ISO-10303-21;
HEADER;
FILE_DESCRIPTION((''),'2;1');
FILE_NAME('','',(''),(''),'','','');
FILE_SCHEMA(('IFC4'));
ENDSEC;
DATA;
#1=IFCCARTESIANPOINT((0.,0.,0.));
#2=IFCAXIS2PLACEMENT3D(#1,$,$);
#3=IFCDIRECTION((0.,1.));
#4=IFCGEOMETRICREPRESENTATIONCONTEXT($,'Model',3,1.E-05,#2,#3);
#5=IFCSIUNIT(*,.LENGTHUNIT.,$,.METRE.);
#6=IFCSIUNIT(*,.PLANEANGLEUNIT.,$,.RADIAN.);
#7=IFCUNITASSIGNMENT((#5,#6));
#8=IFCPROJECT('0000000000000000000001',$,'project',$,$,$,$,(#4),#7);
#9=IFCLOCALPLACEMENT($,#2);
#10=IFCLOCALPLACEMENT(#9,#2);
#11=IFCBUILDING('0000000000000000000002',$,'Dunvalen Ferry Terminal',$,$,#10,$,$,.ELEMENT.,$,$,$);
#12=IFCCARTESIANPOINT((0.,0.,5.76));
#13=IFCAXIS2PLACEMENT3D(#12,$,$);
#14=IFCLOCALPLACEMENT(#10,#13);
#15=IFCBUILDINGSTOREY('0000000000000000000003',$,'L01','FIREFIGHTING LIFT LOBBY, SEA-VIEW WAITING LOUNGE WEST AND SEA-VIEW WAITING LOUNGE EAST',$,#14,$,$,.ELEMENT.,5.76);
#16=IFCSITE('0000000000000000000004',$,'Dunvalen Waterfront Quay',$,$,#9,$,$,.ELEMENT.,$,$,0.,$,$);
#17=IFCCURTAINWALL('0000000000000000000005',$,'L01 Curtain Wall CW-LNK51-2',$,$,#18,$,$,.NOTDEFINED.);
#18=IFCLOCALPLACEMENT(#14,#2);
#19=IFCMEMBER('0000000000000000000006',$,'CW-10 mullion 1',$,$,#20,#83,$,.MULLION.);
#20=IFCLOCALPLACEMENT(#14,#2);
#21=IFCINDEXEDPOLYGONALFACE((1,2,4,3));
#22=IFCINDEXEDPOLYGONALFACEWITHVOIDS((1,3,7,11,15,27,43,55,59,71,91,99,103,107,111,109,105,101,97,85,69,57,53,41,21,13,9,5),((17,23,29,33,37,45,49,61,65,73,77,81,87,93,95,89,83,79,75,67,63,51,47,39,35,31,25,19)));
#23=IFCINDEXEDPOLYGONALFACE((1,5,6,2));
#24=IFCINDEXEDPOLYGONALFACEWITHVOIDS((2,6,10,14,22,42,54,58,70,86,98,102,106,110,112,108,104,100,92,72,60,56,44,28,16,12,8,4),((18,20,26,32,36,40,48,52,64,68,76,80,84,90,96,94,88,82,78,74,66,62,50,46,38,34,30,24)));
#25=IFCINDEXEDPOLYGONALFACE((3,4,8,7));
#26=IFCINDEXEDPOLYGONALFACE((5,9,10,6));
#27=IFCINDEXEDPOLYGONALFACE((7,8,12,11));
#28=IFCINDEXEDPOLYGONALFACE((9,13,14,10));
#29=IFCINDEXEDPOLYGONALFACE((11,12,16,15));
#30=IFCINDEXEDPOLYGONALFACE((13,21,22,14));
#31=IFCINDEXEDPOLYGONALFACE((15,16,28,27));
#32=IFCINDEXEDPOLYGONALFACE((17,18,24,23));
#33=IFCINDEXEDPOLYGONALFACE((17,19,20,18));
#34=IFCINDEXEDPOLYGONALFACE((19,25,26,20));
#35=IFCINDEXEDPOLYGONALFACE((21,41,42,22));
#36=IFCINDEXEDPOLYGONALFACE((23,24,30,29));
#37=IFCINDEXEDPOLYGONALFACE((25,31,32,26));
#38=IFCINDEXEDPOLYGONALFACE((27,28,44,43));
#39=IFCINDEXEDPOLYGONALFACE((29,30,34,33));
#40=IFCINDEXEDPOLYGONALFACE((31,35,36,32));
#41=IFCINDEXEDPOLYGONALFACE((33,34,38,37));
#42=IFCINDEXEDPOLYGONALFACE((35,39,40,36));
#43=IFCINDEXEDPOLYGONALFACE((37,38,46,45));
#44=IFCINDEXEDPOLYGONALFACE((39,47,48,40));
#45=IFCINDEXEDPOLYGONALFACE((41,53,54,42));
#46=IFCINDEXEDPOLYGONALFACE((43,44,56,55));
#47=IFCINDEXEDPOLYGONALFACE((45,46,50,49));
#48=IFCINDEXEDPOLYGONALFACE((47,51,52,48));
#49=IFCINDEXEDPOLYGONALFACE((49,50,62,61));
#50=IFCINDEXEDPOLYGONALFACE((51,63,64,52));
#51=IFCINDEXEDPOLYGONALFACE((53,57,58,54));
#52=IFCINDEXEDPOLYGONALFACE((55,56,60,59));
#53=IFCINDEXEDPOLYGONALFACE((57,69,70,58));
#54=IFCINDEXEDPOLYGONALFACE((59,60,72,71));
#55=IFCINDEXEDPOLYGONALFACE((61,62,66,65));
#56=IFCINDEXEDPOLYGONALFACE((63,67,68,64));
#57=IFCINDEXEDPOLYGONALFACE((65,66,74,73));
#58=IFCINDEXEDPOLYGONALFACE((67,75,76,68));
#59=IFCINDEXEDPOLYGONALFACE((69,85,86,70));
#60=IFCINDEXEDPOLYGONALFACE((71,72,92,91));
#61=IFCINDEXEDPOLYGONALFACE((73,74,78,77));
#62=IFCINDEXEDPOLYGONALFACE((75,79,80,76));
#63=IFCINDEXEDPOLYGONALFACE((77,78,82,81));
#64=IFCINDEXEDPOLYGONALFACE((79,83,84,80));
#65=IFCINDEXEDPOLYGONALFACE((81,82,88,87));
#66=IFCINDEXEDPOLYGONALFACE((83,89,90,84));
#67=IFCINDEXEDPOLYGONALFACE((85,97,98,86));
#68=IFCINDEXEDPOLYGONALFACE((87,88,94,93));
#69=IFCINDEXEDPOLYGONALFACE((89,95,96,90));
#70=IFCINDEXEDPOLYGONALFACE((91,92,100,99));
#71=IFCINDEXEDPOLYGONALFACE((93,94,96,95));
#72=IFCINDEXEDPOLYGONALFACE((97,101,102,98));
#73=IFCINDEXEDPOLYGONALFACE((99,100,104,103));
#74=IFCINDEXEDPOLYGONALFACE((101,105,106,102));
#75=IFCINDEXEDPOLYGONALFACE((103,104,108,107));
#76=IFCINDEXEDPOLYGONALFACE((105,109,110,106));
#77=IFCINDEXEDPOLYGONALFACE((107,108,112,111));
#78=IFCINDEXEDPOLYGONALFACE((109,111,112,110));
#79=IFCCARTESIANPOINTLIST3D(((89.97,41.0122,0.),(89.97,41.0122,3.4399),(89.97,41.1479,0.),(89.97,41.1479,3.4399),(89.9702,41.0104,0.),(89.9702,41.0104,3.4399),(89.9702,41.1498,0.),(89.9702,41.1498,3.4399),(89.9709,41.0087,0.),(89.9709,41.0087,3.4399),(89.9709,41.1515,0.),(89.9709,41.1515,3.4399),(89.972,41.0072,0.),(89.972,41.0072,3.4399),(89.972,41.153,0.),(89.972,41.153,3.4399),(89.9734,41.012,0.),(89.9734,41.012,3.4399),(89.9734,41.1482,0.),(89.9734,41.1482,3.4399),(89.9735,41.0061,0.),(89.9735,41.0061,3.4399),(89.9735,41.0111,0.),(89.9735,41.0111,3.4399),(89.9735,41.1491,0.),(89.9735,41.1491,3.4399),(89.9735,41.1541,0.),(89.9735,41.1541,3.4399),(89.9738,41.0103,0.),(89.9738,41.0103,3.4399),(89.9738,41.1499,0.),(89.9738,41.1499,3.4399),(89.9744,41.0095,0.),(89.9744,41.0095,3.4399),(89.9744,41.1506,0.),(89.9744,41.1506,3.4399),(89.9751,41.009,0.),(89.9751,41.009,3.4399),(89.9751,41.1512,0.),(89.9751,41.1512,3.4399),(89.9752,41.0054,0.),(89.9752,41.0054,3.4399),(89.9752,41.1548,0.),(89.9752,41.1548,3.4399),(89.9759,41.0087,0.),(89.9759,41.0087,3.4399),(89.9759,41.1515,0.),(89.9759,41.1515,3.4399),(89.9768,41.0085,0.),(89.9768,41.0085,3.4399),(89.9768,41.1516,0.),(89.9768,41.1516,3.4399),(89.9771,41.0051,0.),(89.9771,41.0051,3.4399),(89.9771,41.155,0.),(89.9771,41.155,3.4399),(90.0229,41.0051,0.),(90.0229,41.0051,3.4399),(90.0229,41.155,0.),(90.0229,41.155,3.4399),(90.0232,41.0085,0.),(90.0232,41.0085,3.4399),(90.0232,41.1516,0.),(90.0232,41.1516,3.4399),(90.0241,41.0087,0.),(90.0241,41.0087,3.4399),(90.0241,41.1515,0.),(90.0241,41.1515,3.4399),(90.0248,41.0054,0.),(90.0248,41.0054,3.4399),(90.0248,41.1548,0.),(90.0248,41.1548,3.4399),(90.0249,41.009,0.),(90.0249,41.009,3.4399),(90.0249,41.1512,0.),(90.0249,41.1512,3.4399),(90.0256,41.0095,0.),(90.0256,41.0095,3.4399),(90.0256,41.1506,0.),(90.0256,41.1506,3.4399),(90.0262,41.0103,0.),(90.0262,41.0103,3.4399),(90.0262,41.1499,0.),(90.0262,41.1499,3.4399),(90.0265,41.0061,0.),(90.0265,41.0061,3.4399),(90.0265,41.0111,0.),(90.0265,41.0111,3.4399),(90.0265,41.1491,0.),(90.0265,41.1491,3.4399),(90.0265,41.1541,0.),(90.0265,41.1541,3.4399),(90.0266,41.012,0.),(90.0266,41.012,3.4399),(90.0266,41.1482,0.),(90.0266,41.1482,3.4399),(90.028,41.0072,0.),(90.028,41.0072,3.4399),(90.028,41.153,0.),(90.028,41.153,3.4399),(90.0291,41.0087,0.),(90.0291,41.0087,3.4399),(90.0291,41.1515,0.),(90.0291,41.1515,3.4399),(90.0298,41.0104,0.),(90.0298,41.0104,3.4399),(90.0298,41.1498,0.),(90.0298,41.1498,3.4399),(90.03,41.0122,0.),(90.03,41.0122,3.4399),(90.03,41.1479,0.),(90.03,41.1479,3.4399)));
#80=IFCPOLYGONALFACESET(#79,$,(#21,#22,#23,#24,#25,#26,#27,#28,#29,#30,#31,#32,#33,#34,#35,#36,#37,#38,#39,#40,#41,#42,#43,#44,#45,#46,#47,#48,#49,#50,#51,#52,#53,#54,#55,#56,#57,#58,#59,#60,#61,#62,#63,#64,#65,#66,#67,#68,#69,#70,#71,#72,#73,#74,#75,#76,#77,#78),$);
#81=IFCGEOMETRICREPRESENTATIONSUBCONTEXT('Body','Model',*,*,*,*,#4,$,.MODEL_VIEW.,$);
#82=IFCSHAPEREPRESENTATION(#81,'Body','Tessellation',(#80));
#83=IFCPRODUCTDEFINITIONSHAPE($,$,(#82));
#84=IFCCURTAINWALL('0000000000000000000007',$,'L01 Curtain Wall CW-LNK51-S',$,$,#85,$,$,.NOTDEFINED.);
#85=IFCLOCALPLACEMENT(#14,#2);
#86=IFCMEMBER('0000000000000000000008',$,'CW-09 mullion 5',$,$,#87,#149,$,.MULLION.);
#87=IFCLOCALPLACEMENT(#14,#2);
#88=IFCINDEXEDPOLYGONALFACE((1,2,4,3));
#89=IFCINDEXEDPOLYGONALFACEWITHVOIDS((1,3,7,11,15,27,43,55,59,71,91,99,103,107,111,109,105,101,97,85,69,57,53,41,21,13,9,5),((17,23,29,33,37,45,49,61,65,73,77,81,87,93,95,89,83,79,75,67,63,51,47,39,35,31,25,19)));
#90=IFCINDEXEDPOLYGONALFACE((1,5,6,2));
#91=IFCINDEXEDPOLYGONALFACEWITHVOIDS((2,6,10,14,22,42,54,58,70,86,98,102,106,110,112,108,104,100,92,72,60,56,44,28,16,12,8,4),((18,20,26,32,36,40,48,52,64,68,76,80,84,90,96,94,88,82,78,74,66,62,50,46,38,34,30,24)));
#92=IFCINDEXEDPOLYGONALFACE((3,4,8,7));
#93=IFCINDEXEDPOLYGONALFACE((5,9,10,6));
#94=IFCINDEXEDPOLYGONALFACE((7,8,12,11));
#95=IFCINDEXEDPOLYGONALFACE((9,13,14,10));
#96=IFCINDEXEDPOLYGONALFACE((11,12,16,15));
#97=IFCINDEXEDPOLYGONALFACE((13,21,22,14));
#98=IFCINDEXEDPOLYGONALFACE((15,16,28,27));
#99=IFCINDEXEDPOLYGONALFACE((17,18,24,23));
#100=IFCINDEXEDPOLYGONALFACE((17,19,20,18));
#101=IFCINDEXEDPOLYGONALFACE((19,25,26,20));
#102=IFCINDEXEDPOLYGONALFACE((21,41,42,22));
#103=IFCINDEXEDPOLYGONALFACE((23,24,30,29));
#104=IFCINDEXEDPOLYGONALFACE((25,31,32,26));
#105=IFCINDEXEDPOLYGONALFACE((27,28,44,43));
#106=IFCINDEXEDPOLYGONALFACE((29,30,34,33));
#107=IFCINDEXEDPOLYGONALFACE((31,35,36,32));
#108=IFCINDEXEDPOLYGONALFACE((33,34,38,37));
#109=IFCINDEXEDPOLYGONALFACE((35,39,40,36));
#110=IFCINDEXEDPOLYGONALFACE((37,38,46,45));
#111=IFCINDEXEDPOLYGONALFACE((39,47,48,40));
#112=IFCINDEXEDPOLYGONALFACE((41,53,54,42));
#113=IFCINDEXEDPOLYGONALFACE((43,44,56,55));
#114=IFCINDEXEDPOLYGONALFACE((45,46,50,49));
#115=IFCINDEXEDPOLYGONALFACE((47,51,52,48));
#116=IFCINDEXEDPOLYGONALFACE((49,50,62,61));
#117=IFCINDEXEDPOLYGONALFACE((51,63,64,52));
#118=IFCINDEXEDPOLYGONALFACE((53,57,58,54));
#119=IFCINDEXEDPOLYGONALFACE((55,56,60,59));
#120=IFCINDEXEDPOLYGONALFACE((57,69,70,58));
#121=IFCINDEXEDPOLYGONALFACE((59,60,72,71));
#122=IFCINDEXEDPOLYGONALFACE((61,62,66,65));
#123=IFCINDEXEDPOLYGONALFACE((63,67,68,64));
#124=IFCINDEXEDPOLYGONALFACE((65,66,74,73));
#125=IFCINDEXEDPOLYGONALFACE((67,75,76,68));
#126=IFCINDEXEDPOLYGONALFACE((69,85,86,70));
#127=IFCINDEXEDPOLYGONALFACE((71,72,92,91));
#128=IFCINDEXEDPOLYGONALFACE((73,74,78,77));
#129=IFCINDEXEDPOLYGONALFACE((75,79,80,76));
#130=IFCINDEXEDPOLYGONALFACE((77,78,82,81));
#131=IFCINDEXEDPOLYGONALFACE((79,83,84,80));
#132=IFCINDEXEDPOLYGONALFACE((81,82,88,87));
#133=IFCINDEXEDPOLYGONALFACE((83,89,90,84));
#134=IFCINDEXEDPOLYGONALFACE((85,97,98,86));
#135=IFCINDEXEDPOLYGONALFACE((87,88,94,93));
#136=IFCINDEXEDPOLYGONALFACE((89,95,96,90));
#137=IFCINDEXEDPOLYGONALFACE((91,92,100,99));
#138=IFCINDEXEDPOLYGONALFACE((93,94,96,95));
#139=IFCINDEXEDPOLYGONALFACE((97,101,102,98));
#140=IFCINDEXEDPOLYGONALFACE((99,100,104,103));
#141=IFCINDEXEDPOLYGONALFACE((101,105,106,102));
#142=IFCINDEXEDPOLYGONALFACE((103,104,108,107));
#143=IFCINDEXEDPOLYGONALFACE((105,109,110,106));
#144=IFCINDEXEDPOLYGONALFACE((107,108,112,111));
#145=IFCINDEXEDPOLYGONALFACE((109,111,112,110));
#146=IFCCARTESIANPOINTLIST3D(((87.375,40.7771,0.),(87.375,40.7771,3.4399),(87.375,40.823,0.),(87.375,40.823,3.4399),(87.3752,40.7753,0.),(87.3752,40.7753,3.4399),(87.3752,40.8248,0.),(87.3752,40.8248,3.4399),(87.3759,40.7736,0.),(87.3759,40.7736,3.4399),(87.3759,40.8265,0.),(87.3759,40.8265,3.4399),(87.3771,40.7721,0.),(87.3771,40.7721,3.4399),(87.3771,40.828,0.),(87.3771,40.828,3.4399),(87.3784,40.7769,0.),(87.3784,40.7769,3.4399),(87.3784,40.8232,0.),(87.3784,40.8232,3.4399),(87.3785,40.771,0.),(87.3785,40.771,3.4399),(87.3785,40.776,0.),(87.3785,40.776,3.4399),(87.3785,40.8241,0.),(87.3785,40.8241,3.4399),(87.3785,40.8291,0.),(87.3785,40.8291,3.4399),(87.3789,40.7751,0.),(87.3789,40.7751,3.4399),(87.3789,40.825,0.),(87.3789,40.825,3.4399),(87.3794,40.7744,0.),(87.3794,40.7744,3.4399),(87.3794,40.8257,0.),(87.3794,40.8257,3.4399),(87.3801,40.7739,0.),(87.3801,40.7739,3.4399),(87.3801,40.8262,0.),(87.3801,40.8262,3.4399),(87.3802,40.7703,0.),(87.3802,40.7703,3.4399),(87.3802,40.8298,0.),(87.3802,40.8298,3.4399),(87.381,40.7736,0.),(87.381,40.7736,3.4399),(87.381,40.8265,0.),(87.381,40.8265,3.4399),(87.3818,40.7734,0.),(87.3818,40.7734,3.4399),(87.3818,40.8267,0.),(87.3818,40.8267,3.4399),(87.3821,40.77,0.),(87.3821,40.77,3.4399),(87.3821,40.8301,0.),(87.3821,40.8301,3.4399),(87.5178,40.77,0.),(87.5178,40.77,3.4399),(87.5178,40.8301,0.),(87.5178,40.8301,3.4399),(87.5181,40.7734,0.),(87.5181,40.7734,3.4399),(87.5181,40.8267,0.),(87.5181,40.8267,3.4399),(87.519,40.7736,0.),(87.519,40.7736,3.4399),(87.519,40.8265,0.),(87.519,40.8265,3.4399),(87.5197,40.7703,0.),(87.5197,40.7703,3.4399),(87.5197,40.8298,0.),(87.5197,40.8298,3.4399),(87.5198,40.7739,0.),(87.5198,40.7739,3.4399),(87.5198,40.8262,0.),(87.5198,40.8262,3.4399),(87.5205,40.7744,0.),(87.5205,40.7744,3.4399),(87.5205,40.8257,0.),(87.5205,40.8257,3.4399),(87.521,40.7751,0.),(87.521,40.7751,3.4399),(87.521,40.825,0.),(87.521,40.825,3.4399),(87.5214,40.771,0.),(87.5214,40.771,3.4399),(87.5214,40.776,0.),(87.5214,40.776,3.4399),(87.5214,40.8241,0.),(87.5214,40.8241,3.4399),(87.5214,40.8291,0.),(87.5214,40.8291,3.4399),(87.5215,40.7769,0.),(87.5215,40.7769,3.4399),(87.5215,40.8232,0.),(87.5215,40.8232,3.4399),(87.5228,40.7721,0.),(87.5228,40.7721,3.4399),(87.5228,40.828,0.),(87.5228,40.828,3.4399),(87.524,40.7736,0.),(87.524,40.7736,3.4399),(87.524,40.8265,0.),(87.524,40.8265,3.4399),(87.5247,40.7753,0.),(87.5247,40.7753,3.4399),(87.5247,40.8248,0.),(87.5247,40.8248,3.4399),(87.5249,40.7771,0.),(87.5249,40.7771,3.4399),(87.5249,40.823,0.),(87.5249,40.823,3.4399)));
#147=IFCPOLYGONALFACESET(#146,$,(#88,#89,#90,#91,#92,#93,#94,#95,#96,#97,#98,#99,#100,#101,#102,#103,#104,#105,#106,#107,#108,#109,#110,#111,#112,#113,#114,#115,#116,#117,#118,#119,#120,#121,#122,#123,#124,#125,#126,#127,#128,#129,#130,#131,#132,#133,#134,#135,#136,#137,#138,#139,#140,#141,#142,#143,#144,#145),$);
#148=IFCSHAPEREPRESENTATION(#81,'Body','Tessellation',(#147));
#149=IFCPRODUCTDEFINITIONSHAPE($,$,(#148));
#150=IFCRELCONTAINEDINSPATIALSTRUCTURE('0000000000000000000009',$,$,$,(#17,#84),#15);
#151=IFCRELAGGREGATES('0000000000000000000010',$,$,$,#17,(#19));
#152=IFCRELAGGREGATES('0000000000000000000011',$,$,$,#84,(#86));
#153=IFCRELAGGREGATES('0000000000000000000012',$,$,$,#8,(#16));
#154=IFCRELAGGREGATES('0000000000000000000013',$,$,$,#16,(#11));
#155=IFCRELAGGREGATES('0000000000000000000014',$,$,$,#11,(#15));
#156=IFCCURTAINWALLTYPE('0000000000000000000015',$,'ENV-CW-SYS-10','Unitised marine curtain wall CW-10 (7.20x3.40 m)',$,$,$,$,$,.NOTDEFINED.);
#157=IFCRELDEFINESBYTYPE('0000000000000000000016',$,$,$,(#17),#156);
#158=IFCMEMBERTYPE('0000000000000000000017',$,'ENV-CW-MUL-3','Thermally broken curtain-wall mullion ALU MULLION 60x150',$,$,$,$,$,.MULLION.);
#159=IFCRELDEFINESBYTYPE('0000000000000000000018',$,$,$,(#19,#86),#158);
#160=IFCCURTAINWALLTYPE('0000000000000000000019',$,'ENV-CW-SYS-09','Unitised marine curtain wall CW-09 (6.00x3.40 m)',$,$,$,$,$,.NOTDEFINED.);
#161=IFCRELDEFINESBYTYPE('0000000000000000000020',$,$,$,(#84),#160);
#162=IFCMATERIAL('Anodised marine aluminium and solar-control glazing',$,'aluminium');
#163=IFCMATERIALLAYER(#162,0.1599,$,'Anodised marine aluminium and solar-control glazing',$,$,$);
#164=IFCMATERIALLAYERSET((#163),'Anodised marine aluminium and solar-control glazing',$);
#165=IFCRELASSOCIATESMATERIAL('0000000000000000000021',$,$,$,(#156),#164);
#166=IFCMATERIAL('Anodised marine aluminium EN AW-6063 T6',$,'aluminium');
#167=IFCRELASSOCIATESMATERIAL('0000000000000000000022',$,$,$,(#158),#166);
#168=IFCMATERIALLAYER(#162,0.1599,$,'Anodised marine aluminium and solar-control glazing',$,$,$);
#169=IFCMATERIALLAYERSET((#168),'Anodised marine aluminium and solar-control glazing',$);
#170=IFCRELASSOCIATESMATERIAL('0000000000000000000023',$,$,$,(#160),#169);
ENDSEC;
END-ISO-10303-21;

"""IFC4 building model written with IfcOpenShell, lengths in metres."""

from ifc_helpers import new_model, si_unit, direction, frame, origin, origin_2d, place, context, subcontext, project, spatial, hollow_rectangle, extrude, material, layer, layer_set, material_profile, profile_set, type_object, element, aggregate, save


model = new_model("IFC4")

# Units and contexts
model_context = context("Model", 3, precision=1e-05, world=origin(), true_north=direction((0.0, 1.0)))
body_context = subcontext(model_context, "Body", "Model", "MODEL_VIEW")
ifc_project = project(units=[si_unit("LENGTHUNIT", "METRE"), si_unit("PLANEANGLEUNIT", "RADIAN")], contexts=[model_context])

# Site, building, storey
site_placement = place(None, origin())
site = spatial("IfcSite", under=ifc_project, at=site_placement, Name="Dunvalen Waterfront Quay", CompositionType="ELEMENT", RefElevation=0.0)
building_placement = place(site_placement, origin())
building = spatial("IfcBuilding", under=site, at=building_placement, Name="Dunvalen Ferry Terminal", CompositionType="ELEMENT")
storey_placement = place(building_placement, frame((0.0, 0.0, 5.76)))
storey = spatial("IfcBuildingStorey", under=building, at=storey_placement, Name="L01", Description="FIREFIGHTING LIFT LOBBY, SEA-VIEW WAITING LOUNGE WEST AND SEA-VIEW WAITING LOUNGE EAST", CompositionType="ELEMENT", Elevation=5.76)

# Curtain wall, member
ifc_material_1 = material(Name="Anodised marine aluminium and solar-control glazing", Category="aluminium")
ifc_layer_1 = layer(ifc_material_1, 0.1599, Name="Anodised marine aluminium and solar-control glazing")
ifc_layer_set_1 = layer_set([ifc_layer_1], Name="Anodised marine aluminium and solar-control glazing")
curtain_wall_type_1 = type_object("IfcCurtainWallType", Name="ENV-CW-SYS-10", Description="Unitised marine curtain wall CW-10 (7.20x3.40 m)", PredefinedType="NOTDEFINED", material=ifc_layer_set_1)
curtain_wall_1_placement = place(storey_placement, origin())
curtain_wall_1 = element("IfcCurtainWall", 1, at=curtain_wall_1_placement, inside=storey, type_object=curtain_wall_type_1, Name="L01 Curtain Wall CW-LNK51-2", PredefinedType="NOTDEFINED")
ifc_material_2 = material(Name="Anodised marine aluminium EN AW-6063 T6", Category="aluminium")
ifc_material_profile_1 = material_profile(ifc_material_2, hollow_rectangle(XDim=0.0601, YDim=0.1499, WallThickness=0.0034, InnerFilletRadius=0.0034, OuterFilletRadius=0.0071, at=origin_2d()), Name="Anodised marine aluminium EN AW-6063 T6")
ifc_profile_set_1 = profile_set([ifc_material_profile_1], Name="Anodised marine aluminium EN AW-6063 T6")
member_type_1 = type_object("IfcMemberType", Name="ENV-CW-MUL-3", Description="Thermally broken curtain-wall mullion ALU MULLION 60x150", PredefinedType="MULLION", material=ifc_profile_set_1)
member_1_placement = place(storey_placement, frame((90.0, 41.0801, 0.0), z_axis=(0.0, 0.0, 1.0), x_axis=(-1.0, 0.0, 0.0)))
member_1 = element("IfcMember", 2, at=member_1_placement, type_object=member_type_1, Name="CW-10 mullion 1", PredefinedType="MULLION", context=body_context, shape_type="SweptSolid", body=[
    extrude(hollow_rectangle(XDim=0.0601, YDim=0.1499, WallThickness=0.0034, InnerFilletRadius=0.0034, OuterFilletRadius=0.0071, at=origin_2d()), origin(), (0.0, 0.0, 1.0), 3.4399),
])

# Curtain wall, member
ifc_layer_2 = layer(ifc_material_1, 0.1599, Name="Anodised marine aluminium and solar-control glazing")
ifc_layer_set_2 = layer_set([ifc_layer_2], Name="Anodised marine aluminium and solar-control glazing")
curtain_wall_type_2 = type_object("IfcCurtainWallType", Name="ENV-CW-SYS-09", Description="Unitised marine curtain wall CW-09 (6.00x3.40 m)", PredefinedType="NOTDEFINED", material=ifc_layer_set_2)
curtain_wall_2_placement = place(storey_placement, origin())
curtain_wall_2 = element("IfcCurtainWall", 3, at=curtain_wall_2_placement, inside=storey, type_object=curtain_wall_type_2, Name="L01 Curtain Wall CW-LNK51-S", PredefinedType="NOTDEFINED")
member_2_placement = place(storey_placement, frame((87.45, 40.8, 0.0), z_axis=(0.0, 0.0, 1.0), x_axis=(0.0, 1.0, 0.0)))
member_2 = element("IfcMember", 4, at=member_2_placement, type_object=member_type_1, Name="CW-09 mullion 5", PredefinedType="MULLION", context=body_context, shape_type="SweptSolid", body=[
    extrude(hollow_rectangle(XDim=0.0601, YDim=0.1499, WallThickness=0.0034, InnerFilletRadius=0.0034, OuterFilletRadius=0.0071, at=origin_2d()), origin(), (0.0, 0.0, 1.0), 3.4399),
])

aggregate(curtain_wall_1, [member_1])

aggregate(curtain_wall_2, [member_2])

save(model, "model.ifc")
